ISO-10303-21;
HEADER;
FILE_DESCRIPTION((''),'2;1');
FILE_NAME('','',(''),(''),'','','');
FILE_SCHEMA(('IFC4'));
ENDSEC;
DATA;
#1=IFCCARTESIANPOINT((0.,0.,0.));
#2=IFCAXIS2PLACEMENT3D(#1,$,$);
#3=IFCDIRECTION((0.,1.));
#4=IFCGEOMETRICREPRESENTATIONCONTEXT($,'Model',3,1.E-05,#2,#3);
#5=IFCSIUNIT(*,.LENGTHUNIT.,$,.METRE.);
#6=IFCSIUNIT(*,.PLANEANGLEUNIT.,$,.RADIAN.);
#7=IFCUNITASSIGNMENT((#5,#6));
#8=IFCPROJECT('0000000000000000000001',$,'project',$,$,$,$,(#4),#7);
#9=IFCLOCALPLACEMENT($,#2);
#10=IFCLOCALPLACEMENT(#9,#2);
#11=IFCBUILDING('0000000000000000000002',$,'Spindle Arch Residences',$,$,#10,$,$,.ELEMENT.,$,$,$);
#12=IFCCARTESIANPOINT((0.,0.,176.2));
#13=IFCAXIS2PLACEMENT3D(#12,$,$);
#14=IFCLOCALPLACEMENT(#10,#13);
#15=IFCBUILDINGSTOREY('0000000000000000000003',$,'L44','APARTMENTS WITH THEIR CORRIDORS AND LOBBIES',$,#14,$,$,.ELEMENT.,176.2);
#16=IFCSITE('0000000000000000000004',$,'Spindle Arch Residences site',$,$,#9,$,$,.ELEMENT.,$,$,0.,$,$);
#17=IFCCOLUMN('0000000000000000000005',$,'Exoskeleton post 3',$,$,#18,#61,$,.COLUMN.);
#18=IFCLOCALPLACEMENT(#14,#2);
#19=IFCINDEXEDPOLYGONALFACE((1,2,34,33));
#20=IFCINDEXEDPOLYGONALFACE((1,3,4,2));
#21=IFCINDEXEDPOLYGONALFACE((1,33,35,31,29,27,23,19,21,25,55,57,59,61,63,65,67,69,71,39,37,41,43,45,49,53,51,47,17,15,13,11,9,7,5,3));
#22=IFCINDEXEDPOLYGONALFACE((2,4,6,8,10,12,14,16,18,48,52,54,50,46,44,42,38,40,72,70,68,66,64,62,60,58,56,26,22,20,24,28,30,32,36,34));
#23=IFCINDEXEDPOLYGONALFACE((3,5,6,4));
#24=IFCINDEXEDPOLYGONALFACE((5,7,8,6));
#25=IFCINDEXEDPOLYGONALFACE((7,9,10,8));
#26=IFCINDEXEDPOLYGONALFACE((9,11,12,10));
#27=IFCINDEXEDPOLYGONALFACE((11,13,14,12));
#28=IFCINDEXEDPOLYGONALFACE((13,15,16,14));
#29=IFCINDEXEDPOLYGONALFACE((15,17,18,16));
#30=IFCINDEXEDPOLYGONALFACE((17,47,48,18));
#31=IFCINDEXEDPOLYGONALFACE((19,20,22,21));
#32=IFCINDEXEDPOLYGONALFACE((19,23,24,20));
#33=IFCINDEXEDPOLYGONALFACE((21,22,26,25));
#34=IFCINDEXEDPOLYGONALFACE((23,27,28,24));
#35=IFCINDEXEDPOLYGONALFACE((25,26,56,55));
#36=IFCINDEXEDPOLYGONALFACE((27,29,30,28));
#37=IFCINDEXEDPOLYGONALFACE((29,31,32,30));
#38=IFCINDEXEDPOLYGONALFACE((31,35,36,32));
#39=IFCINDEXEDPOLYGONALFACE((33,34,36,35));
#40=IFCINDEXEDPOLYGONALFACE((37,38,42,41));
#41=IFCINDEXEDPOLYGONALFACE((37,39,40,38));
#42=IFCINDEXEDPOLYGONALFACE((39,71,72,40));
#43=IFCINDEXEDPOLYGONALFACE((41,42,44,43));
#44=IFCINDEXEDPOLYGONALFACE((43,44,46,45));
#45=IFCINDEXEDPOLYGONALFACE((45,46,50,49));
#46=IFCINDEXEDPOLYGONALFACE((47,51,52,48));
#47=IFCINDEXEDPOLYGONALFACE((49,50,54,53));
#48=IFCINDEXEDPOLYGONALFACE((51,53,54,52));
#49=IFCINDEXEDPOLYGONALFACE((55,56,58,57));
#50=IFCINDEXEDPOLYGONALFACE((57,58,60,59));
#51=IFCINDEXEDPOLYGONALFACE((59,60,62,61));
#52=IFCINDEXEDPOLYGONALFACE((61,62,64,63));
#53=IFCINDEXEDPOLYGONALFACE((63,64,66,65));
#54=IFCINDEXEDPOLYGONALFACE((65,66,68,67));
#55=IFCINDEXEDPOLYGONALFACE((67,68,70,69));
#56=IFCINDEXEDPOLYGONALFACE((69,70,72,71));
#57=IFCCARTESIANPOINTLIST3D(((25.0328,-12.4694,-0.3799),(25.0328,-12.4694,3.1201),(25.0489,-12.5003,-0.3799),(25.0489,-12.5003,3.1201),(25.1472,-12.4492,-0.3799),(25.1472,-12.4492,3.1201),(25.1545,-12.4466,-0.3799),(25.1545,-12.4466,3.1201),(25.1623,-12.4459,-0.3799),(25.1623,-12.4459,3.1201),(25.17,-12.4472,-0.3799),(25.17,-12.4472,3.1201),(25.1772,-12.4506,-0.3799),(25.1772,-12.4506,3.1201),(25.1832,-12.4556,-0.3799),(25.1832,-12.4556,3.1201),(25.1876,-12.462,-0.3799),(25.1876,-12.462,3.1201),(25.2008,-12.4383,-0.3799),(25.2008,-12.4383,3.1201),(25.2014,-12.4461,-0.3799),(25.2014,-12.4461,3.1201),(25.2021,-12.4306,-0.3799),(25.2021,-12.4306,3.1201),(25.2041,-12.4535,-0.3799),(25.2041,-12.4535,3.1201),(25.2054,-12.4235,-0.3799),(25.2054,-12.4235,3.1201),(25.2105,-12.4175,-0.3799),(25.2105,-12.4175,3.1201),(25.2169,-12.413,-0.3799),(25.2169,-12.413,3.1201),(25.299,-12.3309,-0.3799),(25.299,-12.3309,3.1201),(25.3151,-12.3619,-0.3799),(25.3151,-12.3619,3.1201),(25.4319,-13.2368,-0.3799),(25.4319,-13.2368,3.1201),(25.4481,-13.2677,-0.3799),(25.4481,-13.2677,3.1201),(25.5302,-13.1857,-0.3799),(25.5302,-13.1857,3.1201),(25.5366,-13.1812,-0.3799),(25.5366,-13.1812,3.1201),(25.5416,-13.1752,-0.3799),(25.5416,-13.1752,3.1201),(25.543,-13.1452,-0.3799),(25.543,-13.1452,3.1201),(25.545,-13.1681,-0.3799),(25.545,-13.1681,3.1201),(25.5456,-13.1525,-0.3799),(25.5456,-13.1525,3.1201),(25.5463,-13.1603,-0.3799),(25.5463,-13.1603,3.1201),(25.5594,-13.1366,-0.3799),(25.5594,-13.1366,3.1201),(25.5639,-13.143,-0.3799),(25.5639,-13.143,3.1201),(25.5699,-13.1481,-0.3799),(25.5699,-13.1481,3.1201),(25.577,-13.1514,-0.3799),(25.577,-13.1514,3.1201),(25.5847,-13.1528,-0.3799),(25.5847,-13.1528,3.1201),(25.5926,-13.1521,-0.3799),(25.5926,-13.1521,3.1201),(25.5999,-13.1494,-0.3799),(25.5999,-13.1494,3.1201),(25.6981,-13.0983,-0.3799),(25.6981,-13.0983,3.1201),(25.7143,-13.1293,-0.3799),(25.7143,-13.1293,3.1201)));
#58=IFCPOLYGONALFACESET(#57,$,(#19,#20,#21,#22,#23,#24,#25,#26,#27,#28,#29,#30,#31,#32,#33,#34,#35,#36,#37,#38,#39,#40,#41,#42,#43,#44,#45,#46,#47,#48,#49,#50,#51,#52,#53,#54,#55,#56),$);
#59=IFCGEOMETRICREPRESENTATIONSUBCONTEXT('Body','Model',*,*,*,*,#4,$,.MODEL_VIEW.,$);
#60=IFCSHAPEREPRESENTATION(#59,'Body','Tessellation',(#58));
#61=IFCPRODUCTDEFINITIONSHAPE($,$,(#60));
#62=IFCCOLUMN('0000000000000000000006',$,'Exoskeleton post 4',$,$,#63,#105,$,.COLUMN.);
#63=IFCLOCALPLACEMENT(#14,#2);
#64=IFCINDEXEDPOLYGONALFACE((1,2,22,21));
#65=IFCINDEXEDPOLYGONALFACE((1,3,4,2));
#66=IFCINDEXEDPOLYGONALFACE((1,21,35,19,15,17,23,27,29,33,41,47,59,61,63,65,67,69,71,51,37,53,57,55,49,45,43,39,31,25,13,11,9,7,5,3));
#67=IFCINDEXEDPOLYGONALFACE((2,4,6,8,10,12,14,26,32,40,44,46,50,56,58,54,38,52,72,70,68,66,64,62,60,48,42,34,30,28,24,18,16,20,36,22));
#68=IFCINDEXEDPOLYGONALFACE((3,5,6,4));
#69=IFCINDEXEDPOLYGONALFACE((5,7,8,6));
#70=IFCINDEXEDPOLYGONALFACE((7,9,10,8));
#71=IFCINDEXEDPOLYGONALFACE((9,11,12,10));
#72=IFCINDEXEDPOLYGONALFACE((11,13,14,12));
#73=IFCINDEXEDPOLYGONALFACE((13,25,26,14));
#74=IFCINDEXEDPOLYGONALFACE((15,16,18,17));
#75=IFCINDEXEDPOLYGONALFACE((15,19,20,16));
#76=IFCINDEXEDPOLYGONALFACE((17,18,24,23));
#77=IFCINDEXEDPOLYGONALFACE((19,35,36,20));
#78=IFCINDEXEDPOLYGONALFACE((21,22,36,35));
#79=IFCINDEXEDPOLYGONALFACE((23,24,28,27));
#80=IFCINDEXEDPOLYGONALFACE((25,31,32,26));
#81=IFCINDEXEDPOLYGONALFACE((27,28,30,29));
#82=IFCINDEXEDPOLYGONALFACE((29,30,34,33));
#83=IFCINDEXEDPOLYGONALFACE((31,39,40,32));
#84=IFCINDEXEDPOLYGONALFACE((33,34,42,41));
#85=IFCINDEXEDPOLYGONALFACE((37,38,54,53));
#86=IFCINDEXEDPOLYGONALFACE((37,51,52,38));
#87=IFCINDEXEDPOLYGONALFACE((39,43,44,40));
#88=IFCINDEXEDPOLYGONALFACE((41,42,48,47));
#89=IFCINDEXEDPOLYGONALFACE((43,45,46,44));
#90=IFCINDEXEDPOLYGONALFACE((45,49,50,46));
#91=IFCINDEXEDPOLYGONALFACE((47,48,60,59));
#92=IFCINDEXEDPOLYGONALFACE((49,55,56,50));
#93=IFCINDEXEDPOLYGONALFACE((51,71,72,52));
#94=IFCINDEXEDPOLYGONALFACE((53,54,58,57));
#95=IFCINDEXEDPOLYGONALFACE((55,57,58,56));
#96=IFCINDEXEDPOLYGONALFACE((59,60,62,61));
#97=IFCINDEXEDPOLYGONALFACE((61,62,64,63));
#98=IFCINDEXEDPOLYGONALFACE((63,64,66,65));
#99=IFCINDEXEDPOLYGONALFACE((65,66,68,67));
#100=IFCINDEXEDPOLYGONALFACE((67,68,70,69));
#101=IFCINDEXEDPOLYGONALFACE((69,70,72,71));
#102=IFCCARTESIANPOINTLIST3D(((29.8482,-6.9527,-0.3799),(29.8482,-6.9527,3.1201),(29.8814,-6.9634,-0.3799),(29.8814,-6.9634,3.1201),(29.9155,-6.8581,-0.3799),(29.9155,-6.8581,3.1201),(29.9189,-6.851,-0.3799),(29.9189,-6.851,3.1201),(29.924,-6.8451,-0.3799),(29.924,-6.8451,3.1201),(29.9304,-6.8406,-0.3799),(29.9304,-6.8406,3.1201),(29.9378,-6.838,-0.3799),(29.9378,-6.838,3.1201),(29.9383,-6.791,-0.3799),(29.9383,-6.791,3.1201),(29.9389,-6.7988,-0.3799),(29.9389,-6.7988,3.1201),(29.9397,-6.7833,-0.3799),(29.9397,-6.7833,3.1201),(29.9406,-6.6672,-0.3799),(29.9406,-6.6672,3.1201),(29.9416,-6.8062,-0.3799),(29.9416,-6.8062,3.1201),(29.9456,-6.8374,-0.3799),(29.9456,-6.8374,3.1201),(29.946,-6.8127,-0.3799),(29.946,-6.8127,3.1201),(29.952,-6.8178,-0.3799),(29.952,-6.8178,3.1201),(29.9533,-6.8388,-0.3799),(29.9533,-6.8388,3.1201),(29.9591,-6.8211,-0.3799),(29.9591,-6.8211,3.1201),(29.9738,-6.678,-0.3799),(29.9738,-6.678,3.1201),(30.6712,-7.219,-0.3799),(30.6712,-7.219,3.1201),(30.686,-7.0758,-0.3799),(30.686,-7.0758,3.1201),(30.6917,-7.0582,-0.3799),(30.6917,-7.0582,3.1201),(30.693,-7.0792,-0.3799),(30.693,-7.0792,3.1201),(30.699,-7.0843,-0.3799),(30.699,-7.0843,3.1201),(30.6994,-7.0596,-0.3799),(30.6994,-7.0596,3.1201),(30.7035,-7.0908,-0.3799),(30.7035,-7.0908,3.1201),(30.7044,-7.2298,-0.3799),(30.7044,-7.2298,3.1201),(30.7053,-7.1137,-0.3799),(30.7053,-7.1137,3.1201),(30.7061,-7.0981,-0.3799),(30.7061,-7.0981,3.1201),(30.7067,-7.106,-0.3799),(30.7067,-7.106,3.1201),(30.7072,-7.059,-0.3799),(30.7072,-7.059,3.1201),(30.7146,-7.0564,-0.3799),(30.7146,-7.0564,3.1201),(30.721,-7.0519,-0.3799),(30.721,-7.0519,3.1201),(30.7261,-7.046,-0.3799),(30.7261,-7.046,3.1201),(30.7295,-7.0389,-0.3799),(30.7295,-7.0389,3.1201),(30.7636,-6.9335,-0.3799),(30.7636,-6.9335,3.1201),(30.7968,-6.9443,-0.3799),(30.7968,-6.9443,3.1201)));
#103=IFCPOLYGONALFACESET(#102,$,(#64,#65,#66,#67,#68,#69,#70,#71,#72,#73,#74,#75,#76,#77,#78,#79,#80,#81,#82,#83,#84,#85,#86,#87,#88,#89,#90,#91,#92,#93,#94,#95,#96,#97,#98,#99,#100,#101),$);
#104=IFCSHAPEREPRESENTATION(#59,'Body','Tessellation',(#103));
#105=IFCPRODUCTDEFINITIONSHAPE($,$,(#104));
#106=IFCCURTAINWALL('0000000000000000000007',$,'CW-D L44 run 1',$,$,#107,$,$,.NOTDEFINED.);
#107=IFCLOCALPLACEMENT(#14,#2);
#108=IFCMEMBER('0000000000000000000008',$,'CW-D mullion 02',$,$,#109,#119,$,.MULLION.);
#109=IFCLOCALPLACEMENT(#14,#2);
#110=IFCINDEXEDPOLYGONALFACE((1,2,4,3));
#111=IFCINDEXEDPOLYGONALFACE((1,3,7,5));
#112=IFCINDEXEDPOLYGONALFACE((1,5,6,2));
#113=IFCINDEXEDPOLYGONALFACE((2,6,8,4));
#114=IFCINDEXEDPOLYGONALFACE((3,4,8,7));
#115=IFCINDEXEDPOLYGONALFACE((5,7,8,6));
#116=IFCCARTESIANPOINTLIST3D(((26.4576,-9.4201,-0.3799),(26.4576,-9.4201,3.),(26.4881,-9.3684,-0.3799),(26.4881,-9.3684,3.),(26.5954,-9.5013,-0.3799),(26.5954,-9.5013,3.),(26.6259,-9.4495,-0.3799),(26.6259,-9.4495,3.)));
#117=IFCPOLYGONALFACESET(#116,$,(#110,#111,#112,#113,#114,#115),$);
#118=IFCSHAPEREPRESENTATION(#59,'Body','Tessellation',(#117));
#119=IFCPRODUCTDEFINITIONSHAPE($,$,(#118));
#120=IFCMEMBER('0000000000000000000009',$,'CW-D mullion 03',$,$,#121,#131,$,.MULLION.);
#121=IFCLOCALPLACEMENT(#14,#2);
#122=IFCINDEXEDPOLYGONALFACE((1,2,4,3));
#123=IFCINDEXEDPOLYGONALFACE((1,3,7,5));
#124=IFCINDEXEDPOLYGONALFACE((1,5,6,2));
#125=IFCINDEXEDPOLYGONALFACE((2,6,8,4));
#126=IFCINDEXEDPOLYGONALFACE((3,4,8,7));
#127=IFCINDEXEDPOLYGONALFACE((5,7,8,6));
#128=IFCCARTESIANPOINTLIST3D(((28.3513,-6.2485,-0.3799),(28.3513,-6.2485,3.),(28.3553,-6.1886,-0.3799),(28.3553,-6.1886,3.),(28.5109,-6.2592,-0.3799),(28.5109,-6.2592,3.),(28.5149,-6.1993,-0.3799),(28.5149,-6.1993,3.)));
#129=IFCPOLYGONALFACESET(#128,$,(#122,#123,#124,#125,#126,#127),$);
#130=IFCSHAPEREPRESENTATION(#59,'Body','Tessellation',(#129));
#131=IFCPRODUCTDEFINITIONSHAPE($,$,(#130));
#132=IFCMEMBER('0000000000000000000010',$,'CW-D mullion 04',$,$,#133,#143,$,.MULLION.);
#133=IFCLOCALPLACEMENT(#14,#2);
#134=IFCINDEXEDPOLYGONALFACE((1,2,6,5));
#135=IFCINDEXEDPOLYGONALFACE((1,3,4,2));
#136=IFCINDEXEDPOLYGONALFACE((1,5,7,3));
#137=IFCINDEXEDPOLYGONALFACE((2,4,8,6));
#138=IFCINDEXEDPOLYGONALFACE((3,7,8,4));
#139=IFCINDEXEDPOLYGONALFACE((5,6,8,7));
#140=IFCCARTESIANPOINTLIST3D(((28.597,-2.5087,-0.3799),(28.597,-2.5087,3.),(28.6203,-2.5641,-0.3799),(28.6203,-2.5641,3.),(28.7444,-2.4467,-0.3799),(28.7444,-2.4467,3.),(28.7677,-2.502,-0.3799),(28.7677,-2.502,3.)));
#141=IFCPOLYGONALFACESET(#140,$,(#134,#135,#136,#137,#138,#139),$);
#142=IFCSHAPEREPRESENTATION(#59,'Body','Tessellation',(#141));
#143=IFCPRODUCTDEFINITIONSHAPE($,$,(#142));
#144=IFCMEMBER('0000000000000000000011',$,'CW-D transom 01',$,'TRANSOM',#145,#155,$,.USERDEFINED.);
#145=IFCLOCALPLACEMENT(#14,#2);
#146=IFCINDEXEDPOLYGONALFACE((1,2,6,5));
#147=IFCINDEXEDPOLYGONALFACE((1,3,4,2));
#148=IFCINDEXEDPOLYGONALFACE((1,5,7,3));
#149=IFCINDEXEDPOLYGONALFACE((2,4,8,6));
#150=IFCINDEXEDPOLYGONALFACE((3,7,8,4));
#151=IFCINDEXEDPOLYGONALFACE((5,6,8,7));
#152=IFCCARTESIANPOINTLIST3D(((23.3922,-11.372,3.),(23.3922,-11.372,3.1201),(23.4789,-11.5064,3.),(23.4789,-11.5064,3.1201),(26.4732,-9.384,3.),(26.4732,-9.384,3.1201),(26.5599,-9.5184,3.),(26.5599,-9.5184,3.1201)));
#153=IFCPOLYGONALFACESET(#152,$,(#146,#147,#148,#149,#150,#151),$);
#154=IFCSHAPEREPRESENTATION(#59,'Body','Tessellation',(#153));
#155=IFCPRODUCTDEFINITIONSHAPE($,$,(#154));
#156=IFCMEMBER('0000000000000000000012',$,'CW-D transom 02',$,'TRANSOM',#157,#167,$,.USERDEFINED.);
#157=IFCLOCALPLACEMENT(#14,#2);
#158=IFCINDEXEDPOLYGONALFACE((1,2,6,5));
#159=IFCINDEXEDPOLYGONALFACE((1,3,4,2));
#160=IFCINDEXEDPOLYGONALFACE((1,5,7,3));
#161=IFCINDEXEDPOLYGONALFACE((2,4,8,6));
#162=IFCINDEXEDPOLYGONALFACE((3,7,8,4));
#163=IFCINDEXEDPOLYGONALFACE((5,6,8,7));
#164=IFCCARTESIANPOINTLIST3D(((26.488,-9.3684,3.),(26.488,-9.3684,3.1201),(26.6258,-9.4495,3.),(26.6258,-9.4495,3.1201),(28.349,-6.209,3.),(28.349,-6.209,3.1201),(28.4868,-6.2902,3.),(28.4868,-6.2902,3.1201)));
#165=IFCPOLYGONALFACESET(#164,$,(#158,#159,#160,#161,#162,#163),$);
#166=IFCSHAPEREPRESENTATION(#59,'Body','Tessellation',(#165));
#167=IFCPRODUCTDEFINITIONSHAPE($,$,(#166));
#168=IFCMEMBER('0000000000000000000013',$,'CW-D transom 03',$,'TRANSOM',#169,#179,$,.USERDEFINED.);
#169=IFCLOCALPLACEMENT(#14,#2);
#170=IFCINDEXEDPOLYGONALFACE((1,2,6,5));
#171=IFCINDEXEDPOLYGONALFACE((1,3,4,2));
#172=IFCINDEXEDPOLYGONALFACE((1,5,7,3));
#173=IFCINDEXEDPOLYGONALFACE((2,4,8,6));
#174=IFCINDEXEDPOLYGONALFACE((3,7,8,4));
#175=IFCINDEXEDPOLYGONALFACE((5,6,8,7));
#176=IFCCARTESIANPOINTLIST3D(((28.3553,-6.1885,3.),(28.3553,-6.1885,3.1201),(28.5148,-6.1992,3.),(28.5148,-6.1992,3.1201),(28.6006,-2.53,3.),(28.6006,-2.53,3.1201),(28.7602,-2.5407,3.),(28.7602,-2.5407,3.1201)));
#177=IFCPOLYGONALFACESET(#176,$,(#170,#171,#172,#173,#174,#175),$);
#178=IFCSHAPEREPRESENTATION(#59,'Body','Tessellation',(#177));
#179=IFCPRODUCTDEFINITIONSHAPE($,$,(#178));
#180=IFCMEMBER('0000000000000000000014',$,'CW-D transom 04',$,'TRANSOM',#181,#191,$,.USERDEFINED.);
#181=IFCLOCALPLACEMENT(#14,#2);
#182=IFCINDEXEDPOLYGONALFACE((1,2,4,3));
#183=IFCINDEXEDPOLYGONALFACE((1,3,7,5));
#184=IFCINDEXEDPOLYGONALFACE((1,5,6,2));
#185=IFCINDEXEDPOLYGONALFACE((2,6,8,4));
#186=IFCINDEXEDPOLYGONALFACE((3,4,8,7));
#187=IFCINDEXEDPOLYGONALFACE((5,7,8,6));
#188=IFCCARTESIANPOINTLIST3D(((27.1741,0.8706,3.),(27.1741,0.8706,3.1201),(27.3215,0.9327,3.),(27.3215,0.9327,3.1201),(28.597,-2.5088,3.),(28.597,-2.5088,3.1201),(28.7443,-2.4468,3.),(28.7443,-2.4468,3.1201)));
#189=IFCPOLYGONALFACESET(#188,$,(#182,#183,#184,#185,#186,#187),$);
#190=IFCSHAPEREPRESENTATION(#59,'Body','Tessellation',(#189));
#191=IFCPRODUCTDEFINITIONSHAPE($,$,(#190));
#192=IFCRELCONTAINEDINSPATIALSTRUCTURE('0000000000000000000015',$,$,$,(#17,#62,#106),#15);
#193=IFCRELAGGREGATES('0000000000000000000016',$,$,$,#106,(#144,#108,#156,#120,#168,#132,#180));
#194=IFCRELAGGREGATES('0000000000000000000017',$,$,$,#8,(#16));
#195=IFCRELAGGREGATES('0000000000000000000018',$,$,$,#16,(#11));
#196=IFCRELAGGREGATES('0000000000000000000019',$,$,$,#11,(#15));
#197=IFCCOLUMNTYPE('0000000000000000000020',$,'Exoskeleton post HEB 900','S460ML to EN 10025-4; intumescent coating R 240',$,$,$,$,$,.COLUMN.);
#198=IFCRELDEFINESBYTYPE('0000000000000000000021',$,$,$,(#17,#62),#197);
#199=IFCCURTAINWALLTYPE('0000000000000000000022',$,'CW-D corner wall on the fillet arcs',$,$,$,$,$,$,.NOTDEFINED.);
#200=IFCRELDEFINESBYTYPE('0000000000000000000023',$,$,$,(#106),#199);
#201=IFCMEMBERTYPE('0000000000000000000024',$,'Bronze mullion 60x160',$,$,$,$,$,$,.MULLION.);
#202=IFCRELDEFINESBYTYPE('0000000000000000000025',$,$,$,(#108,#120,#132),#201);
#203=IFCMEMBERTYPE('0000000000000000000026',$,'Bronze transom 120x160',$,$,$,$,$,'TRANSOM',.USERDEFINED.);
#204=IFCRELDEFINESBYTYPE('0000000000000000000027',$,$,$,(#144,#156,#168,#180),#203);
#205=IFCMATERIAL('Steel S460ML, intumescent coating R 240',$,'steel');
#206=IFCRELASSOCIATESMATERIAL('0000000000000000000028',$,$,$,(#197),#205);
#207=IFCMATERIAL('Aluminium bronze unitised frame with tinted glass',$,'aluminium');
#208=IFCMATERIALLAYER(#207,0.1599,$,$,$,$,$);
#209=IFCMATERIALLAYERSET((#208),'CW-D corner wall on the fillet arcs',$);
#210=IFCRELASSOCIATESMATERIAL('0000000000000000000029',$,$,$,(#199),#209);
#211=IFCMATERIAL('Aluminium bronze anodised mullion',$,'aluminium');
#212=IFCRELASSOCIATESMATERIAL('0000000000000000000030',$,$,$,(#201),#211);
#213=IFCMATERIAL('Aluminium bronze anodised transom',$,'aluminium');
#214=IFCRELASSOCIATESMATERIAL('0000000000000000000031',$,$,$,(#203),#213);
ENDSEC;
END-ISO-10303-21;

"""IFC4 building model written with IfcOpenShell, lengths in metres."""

from ifc_helpers import new_model, si_unit, direction, frame, origin, origin_2d, place, context, subcontext, project, spatial, rectangle, i_section, extrude, material, layer, layer_set, material_profile, profile_set, type_object, element, aggregate, save


model = new_model("IFC4")

# Units and contexts
model_context = context("Model", 3, precision=1e-05, world=origin(), true_north=direction((0.0, 1.0)))
body_context = subcontext(model_context, "Body", "Model", "MODEL_VIEW")
ifc_project = project(units=[si_unit("LENGTHUNIT", "METRE"), si_unit("PLANEANGLEUNIT", "RADIAN")], contexts=[model_context])

# Site, building, storey
site_placement = place(None, origin())
site = spatial("IfcSite", under=ifc_project, at=site_placement, Name="Spindle Arch Residences site", CompositionType="ELEMENT", RefElevation=0.0)
building_placement = place(site_placement, origin())
building = spatial("IfcBuilding", under=site, at=building_placement, Name="Spindle Arch Residences", CompositionType="ELEMENT")
storey_placement = place(building_placement, frame((0.0, 0.0, 176.2)))
storey = spatial("IfcBuildingStorey", under=building, at=storey_placement, Name="L44", Description="APARTMENTS WITH THEIR CORRIDORS AND LOBBIES", CompositionType="ELEMENT", Elevation=176.2)

# Columns
ifc_material_1 = material(Name="Steel S460ML, intumescent coating R 240", Category="steel")
ifc_material_profile_1 = material_profile(ifc_material_1, i_section(OverallWidth=0.3, OverallDepth=0.8999, WebThickness=0.0186, FlangeThickness=0.0349, FilletRadius=0.03, at=origin_2d()), Name="HEB 900")
ifc_profile_set_1 = profile_set([ifc_material_profile_1], Name="Steel S460ML, intumescent coating R 240")
column_type = type_object("IfcColumnType", Name="Exoskeleton post HEB 900", Description="S460ML to EN 10025-4; intumescent coating R 240", PredefinedType="COLUMN", material=ifc_profile_set_1)
for number, where, z_axis, x_axis, name in (
    (1, (25.3735, -12.7993, -0.3799), (0.0, 0.0, 1.0), (-0.887176, -0.46143, 0.0), "Exoskeleton post 3"),
    (2, (30.3225, -6.9485, -0.3799), (0.0, 0.0, 1.0), (-0.30788, -0.951425, 0.0), "Exoskeleton post 4"),
):
    element("IfcColumn", number, at=place(storey_placement, frame(where, z_axis=z_axis, x_axis=x_axis)), inside=storey, type_object=column_type, Name=name, PredefinedType="COLUMN", context=body_context, shape_type="SweptSolid", body=[
        extrude(i_section(OverallWidth=0.3, OverallDepth=0.8999, WebThickness=0.0186, FlangeThickness=0.0349, FilletRadius=0.03, at=origin_2d()), origin(), (0.0, 0.0, 1.0), 3.5),
    ])

# Curtain wall, members
ifc_material_2 = material(Name="Aluminium bronze unitised frame with tinted glass", Category="aluminium")
ifc_layer_1 = layer(ifc_material_2, 0.1599)
ifc_layer_set_1 = layer_set([ifc_layer_1], Name="CW-D corner wall on the fillet arcs")
curtain_wall_type = type_object("IfcCurtainWallType", Name="CW-D corner wall on the fillet arcs", PredefinedType="NOTDEFINED", material=ifc_layer_set_1)
curtain_wall_placement = place(storey_placement, origin())
curtain_wall = element("IfcCurtainWall", 3, at=curtain_wall_placement, inside=storey, type_object=curtain_wall_type, Name="CW-D L44 run 1", PredefinedType="NOTDEFINED")
ifc_material_3 = material(Name="Aluminium bronze anodised mullion", Category="aluminium")
ifc_material_profile_2 = material_profile(ifc_material_3, rectangle(XDim=0.1599, YDim=0.0601, at=origin_2d()), Name="MU 60x160")
ifc_profile_set_2 = profile_set([ifc_material_profile_2], Name="Aluminium bronze anodised mullion")
member_type_1 = type_object("IfcMemberType", Name="Bronze mullion 60x160", PredefinedType="MULLION", material=ifc_profile_set_2)
member_1_placement = place(storey_placement, frame((26.5417, -9.4348, -0.3799), z_axis=(0.0, 0.0, 1.0), x_axis=(-0.861629, 0.507538, 0.0)))
member_1 = element("IfcMember", 4, at=member_1_placement, type_object=member_type_1, Name="CW-D mullion 02", PredefinedType="MULLION", context=body_context, shape_type="SweptSolid", body=[
    extrude(rectangle(XDim=0.1599, YDim=0.0601, at=origin_2d()), origin(), (0.0, 0.0, 1.0), 3.3799),
])
member_2_placement = place(storey_placement, frame((28.4331, -6.2239, -0.3799), z_axis=(0.0, 0.0, 1.0), x_axis=(-0.997763, 0.066854, 0.0)))
member_2 = element("IfcMember", 5, at=member_2_placement, type_object=member_type_1, Name="CW-D mullion 03", PredefinedType="MULLION", context=body_context, shape_type="SweptSolid", body=[
    extrude(rectangle(XDim=0.1599, YDim=0.0601, at=origin_2d()), origin(), (0.0, 0.0, 1.0), 3.3799),
])
member_3_placement = place(storey_placement, frame((28.6824, -2.5054, -0.3799), z_axis=(0.0, 0.0, 1.0), x_axis=(-0.921638, -0.388052, 0.0)))
member_3 = element("IfcMember", 6, at=member_3_placement, type_object=member_type_1, Name="CW-D mullion 04", PredefinedType="MULLION", context=body_context, shape_type="SweptSolid", body=[
    extrude(rectangle(XDim=0.1599, YDim=0.0601, at=origin_2d()), origin(), (0.0, 0.0, 1.0), 3.3799),
])
ifc_material_4 = material(Name="Aluminium bronze anodised transom", Category="aluminium")
ifc_material_profile_3 = material_profile(ifc_material_4, rectangle(XDim=0.1599, YDim=0.1201, at=origin_2d()), Name="TR 120x160")
ifc_profile_set_3 = profile_set([ifc_material_profile_3], Name="Aluminium bronze anodised transom")
member_type_2 = type_object("IfcMemberType", Name="Bronze transom 120x160", ElementType="TRANSOM", PredefinedType="USERDEFINED", material=ifc_profile_set_3)
member_4_placement = place(storey_placement, frame((23.4355, -11.4392, 3.0601), z_axis=(0.840264, 0.542177, 0.0), x_axis=(-0.542177, 0.840264, 0.0)))
member_4 = element("IfcMember", 7, at=member_4_placement, type_object=member_type_2, Name="CW-D transom 01", ObjectType="TRANSOM", PredefinedType="USERDEFINED", context=body_context, shape_type="SweptSolid", body=[
    extrude(rectangle(XDim=0.1599, YDim=0.1201, at=origin_2d()), origin(), (0.0, 0.0, 1.0), 3.6667),
])
member_5_placement = place(storey_placement, frame((26.5569, -9.4089, 3.0601), z_axis=(0.507547, 0.861624, 0.0), x_axis=(-0.861624, 0.507547, 0.0)))
member_5 = element("IfcMember", 8, at=member_5_placement, type_object=member_type_2, Name="CW-D transom 02", ObjectType="TRANSOM", PredefinedType="USERDEFINED", context=body_context, shape_type="SweptSolid", body=[
    extrude(rectangle(XDim=0.1599, YDim=0.1201, at=origin_2d()), origin(), (0.0, 0.0, 1.0), 3.6667),
])
member_6_placement = place(storey_placement, frame((28.4351, -6.1938, 3.0601), z_axis=(0.066917, 0.997759, 0.0), x_axis=(-0.997759, 0.066917, 0.0)))
member_6 = element("IfcMember", 9, at=member_6_placement, type_object=member_type_2, Name="CW-D transom 03", ObjectType="TRANSOM", PredefinedType="USERDEFINED", context=body_context, shape_type="SweptSolid", body=[
    extrude(rectangle(XDim=0.1599, YDim=0.1201, at=origin_2d()), origin(), (0.0, 0.0, 1.0), 3.6667),
])
member_7_placement = place(storey_placement, frame((28.6707, -2.4778, 3.0601), z_axis=(-0.388045, 0.92164, 0.0), x_axis=(-0.92164, -0.388045, 0.0)))
member_7 = element("IfcMember", 10, at=member_7_placement, type_object=member_type_2, Name="CW-D transom 04", ObjectType="TRANSOM", PredefinedType="USERDEFINED", context=body_context, shape_type="SweptSolid", body=[
    extrude(rectangle(XDim=0.1599, YDim=0.1201, at=origin_2d()), origin(), (0.0, 0.0, 1.0), 3.6667),
])

aggregate(curtain_wall, [member_4, member_1, member_5, member_2, member_6, member_3, member_7])

save(model, "model.ifc")
